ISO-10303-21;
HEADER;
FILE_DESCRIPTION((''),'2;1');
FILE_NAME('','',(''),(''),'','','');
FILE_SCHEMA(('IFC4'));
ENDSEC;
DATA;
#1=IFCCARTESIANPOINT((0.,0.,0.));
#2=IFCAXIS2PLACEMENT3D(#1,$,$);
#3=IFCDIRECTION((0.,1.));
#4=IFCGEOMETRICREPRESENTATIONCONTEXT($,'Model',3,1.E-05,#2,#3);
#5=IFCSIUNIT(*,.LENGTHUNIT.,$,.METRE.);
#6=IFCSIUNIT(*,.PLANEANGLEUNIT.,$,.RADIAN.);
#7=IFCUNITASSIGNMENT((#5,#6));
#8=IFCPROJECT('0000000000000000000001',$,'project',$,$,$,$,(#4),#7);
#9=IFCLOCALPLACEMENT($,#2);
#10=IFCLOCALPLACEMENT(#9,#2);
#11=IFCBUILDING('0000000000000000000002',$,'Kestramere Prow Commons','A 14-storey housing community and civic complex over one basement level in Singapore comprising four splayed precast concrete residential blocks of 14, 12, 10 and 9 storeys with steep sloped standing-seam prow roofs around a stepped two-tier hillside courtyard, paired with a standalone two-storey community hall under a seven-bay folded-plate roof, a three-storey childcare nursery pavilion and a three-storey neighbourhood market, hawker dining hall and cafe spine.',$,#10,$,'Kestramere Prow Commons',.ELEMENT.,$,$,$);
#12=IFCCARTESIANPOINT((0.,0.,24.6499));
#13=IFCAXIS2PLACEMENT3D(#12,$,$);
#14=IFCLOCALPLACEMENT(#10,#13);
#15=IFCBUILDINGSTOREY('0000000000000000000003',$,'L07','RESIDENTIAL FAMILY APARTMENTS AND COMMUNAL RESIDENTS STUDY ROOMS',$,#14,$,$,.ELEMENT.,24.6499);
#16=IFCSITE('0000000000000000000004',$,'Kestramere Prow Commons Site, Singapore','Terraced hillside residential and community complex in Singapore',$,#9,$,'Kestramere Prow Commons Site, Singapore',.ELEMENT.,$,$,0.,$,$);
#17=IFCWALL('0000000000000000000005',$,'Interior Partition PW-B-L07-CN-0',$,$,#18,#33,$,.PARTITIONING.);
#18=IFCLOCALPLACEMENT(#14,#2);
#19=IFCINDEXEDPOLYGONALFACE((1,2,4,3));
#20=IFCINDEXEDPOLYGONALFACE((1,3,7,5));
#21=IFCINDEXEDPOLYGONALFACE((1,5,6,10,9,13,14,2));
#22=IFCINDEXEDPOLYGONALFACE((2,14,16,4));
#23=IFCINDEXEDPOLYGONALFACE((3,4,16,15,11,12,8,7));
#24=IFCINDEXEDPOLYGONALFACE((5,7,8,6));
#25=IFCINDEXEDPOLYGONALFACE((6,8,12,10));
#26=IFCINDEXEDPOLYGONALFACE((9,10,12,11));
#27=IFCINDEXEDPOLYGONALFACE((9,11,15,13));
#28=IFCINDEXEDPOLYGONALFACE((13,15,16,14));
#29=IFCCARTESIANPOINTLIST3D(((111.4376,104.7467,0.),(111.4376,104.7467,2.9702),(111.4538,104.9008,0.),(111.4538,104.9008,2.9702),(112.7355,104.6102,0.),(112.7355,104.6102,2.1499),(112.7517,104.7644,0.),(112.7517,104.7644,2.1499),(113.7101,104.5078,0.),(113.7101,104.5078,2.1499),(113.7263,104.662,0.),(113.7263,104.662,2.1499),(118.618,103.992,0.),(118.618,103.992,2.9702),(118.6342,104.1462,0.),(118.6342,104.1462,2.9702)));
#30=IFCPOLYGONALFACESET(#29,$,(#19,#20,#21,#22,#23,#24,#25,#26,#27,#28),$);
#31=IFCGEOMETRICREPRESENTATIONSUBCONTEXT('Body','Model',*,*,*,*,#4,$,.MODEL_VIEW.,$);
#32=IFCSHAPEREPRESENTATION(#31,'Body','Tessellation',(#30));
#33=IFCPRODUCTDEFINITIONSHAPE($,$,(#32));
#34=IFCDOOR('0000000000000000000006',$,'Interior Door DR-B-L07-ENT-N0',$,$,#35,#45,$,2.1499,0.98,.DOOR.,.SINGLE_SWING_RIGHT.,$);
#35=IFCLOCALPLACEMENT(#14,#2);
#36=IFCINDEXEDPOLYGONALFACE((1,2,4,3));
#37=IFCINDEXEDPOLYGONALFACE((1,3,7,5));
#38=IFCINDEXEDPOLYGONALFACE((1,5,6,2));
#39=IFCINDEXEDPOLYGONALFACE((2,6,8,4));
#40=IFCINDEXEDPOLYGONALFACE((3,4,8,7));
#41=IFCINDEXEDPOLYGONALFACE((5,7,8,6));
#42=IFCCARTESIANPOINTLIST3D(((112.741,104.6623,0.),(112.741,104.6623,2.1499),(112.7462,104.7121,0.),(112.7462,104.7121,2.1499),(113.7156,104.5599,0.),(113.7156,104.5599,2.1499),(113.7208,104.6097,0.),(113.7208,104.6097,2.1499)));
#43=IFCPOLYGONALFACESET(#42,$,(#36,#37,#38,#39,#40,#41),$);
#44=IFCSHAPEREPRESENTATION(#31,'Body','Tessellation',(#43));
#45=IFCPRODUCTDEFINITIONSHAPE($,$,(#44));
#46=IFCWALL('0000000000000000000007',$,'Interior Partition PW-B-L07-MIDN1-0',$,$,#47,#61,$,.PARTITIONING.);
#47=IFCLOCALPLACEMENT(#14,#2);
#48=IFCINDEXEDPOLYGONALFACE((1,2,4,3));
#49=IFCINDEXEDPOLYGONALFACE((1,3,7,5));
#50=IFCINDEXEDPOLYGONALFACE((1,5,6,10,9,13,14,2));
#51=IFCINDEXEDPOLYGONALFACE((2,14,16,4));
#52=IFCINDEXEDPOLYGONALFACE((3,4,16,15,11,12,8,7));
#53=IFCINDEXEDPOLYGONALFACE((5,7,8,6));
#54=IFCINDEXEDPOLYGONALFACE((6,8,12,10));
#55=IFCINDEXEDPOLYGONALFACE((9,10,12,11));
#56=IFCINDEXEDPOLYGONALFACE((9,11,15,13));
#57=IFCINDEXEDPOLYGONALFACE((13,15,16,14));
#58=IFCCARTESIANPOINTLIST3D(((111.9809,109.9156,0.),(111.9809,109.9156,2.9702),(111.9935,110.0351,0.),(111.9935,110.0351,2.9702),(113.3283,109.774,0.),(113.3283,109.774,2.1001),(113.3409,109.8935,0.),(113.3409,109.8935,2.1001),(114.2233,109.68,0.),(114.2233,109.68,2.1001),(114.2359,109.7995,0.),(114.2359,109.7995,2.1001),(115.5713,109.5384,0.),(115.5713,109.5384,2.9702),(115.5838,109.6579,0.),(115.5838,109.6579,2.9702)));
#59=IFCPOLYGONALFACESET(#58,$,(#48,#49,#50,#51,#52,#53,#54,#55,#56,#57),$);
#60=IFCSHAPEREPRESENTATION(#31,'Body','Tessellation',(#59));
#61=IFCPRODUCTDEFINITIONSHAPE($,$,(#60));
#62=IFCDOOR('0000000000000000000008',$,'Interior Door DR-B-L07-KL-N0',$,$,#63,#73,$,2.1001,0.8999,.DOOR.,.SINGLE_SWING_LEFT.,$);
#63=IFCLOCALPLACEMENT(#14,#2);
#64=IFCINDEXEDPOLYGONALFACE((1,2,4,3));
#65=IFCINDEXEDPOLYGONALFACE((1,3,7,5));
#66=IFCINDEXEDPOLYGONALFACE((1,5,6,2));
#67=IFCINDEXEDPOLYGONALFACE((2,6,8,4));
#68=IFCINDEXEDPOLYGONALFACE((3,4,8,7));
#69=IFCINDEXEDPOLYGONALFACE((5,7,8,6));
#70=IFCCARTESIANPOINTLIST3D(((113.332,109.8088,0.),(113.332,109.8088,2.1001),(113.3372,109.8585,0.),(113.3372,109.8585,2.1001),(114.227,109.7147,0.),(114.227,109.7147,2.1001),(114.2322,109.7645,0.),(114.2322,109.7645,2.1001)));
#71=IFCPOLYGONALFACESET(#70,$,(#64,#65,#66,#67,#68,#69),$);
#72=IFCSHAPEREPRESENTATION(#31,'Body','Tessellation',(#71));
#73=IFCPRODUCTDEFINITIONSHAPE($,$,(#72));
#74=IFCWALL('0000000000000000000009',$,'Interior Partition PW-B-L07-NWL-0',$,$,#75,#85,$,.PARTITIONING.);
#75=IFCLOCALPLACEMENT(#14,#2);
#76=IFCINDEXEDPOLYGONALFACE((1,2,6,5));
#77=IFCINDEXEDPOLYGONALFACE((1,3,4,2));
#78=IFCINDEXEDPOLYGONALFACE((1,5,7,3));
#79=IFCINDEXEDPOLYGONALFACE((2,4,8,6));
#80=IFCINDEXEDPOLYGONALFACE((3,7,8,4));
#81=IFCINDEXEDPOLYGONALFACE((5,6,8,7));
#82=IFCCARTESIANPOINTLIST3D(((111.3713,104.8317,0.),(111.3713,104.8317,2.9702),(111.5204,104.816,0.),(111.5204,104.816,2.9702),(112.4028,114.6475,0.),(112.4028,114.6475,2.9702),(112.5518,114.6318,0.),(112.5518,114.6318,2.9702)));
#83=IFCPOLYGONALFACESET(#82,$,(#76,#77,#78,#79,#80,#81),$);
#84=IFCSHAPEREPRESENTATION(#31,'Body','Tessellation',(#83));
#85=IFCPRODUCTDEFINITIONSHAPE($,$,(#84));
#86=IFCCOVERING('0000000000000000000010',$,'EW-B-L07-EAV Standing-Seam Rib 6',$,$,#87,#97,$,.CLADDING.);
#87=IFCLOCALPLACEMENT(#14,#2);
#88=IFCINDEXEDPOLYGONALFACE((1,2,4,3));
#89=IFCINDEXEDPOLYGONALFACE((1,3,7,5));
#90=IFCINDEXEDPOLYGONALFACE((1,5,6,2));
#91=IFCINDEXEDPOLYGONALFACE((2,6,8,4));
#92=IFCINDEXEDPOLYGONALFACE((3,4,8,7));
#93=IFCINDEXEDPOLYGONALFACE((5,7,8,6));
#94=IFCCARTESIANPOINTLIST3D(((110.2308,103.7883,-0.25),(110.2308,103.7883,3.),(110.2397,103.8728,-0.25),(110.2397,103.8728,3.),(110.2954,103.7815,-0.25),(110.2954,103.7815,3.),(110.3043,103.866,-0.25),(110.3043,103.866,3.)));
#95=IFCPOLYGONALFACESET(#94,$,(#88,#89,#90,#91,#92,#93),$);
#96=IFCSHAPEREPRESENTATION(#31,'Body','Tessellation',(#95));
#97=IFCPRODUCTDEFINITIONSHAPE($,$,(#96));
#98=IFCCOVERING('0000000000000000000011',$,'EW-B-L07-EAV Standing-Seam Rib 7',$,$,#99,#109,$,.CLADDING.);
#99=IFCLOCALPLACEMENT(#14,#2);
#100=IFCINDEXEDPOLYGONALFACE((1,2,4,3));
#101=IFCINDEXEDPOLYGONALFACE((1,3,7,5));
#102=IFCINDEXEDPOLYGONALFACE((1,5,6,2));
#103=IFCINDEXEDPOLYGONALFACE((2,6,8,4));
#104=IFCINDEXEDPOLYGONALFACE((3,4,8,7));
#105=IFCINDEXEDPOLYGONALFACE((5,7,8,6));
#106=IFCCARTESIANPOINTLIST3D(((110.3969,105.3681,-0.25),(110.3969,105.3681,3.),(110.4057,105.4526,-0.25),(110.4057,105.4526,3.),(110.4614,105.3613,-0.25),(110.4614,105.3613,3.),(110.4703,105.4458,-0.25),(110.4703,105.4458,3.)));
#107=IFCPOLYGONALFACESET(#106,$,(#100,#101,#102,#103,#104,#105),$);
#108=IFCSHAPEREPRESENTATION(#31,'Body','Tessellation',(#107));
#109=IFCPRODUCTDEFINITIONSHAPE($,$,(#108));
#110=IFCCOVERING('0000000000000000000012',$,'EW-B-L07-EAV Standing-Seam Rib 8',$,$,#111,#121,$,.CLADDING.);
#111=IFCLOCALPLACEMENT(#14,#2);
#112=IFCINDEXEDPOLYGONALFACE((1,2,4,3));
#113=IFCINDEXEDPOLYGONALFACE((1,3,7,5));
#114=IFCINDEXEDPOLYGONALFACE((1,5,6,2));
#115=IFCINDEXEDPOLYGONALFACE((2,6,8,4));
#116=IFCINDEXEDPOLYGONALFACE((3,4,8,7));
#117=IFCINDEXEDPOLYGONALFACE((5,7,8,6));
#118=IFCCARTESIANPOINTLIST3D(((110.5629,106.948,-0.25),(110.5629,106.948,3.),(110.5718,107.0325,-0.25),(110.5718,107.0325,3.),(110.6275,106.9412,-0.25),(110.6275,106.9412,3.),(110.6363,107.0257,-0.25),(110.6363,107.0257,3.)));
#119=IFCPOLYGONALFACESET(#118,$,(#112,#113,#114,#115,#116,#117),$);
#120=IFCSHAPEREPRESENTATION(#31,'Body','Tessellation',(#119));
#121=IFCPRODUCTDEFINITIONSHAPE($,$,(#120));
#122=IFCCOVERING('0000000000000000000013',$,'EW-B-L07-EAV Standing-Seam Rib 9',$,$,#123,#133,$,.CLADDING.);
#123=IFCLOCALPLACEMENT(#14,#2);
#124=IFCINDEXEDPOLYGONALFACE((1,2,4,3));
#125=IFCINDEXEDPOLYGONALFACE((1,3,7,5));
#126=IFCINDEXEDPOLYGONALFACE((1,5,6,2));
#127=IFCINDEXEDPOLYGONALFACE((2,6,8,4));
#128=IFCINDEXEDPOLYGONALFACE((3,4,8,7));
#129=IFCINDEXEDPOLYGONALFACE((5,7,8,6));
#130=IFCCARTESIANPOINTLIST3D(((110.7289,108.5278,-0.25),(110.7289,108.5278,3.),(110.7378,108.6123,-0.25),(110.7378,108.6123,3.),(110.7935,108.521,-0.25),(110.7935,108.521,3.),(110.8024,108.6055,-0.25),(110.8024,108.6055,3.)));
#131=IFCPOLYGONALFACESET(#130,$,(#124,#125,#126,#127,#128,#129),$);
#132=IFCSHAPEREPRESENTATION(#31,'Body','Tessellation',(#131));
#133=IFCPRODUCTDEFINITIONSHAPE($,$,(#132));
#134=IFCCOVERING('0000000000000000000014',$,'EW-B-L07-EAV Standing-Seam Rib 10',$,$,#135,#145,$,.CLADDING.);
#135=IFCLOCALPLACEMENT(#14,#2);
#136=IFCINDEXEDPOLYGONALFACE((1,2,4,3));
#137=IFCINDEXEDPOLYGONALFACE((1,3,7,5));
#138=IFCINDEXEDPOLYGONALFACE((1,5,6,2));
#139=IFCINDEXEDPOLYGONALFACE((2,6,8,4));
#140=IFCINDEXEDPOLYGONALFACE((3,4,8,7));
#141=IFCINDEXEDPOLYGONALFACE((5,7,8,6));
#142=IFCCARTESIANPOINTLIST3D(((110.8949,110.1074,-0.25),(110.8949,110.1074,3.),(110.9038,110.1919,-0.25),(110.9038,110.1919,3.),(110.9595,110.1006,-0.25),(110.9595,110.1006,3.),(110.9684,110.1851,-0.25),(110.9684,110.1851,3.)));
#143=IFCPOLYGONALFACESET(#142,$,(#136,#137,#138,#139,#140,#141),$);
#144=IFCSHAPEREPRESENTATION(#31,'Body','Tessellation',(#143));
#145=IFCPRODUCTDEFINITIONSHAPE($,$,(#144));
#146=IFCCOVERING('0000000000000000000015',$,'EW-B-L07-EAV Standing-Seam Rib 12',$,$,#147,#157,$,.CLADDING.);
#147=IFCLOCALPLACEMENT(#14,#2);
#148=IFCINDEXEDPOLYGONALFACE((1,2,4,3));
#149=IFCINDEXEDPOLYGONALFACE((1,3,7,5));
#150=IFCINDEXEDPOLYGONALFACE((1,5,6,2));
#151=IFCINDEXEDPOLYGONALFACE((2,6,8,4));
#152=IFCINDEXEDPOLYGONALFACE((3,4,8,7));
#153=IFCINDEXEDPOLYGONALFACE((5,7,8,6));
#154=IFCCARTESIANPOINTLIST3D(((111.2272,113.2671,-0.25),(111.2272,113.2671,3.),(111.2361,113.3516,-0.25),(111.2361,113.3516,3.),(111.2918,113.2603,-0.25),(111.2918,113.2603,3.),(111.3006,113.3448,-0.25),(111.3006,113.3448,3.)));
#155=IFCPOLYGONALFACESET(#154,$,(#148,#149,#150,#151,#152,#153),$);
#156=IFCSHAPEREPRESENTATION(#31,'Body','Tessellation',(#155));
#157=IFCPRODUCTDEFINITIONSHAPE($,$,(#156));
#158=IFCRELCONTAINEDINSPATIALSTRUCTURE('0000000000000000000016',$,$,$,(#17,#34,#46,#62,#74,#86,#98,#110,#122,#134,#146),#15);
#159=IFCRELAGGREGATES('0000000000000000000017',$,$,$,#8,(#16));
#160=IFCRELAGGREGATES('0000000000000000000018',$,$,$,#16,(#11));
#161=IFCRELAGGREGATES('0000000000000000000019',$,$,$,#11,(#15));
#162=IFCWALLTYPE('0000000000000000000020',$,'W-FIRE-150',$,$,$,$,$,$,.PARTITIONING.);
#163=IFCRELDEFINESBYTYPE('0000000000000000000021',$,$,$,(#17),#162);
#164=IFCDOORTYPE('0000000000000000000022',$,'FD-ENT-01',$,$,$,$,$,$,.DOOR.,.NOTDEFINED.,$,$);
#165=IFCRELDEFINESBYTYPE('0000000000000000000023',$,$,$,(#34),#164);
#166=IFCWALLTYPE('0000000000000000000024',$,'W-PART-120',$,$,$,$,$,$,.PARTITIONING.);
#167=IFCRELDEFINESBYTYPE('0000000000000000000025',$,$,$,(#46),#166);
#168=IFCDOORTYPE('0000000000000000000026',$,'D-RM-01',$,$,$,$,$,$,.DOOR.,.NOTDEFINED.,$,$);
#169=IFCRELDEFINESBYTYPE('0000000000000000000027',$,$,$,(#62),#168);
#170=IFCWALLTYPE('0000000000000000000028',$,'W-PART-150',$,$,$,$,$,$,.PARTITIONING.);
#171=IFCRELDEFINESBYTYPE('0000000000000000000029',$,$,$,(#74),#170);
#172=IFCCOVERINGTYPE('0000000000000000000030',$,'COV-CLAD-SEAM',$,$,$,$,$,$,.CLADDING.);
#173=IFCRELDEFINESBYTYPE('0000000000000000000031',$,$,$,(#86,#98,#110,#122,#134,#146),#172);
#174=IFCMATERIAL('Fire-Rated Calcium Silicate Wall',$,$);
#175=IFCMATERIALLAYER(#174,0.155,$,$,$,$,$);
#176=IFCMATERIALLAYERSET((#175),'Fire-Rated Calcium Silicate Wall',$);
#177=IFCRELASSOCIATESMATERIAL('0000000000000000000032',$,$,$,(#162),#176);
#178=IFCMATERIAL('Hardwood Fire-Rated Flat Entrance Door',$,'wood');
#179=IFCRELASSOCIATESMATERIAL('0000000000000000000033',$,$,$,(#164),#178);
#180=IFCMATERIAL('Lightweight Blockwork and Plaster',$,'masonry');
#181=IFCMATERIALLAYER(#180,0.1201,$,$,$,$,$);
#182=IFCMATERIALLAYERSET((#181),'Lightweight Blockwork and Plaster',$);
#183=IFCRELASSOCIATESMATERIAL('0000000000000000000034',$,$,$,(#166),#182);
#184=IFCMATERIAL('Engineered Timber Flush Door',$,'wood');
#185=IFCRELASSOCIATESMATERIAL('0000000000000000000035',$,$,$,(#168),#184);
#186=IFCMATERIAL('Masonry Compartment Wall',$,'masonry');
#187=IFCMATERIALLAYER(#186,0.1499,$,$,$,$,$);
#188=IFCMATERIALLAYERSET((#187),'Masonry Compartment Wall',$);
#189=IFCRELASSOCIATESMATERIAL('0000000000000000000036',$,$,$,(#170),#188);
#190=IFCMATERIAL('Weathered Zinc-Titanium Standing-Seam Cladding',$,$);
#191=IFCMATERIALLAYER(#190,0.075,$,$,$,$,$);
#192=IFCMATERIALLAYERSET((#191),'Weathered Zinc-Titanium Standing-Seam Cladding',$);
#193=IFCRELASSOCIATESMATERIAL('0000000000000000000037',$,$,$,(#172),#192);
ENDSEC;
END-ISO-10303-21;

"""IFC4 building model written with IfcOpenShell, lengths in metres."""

from ifc_helpers import new_model, si_unit, direction, frame, frame_2d, origin, origin_2d, place, context, subcontext, project, spatial, rectangle, extrude, material, layer, layer_set, type_object, element, fill, save


model = new_model("IFC4")

# Units and contexts
model_context = context("Model", 3, precision=1e-05, world=origin(), true_north=direction((0.0, 1.0)))
body_context = subcontext(model_context, "Body", "Model", "MODEL_VIEW")
ifc_project = project(units=[si_unit("LENGTHUNIT", "METRE"), si_unit("PLANEANGLEUNIT", "RADIAN")], contexts=[model_context])

# Site, building, storey
site_placement = place(None, origin())
site = spatial("IfcSite", under=ifc_project, at=site_placement, Name="Kestramere Prow Commons Site, Singapore", Description="Terraced hillside residential and community complex in Singapore", LongName="Kestramere Prow Commons Site, Singapore", CompositionType="ELEMENT", RefElevation=0.0)
building_placement = place(site_placement, origin())
building = spatial("IfcBuilding", under=site, at=building_placement, Name="Kestramere Prow Commons", Description="A 14-storey housing community and civic complex over one basement level in Singapore comprising four splayed precast concrete residential blocks of 14, 12, 10 and 9 storeys with steep sloped standing-seam prow roofs around a stepped two-tier hillside courtyard, paired with a standalone two-storey community hall under a seven-bay folded-plate roof, a three-storey childcare nursery pavilion and a three-storey neighbourhood market, hawker dining hall and cafe spine.", LongName="Kestramere Prow Commons", CompositionType="ELEMENT")
storey_placement = place(building_placement, frame((0.0, 0.0, 24.6499)))
storey = spatial("IfcBuildingStorey", under=building, at=storey_placement, Name="L07", Description="RESIDENTIAL FAMILY APARTMENTS AND COMMUNAL RESIDENTS STUDY ROOMS", CompositionType="ELEMENT", Elevation=24.6499)

# Walls, openings, doors
ifc_material_1 = material(Name="Fire-Rated Calcium Silicate Wall")
ifc_layer_1 = layer(ifc_material_1, 0.155)
ifc_layer_set_1 = layer_set([ifc_layer_1], Name="Fire-Rated Calcium Silicate Wall")
wall_type_1 = type_object("IfcWallType", Name="W-FIRE-150", PredefinedType="PARTITIONING", material=ifc_layer_set_1)
ifc_material_2 = material(Name="Hardwood Fire-Rated Flat Entrance Door", Category="wood")
door_type_1 = type_object("IfcDoorType", Name="FD-ENT-01", OperationType="NOTDEFINED", PredefinedType="DOOR", material=ifc_material_2)
wall_1_placement = place(storey_placement, frame((111.4458, 104.8237, 0.0), z_axis=(0.0, 0.0, 1.0), x_axis=(0.994523, -0.104521, 0.0)))
wall_1 = element("IfcWall", 1, at=wall_1_placement, inside=storey, type_object=wall_type_1, Name="Interior Partition PW-B-L07-CN-0", PredefinedType="PARTITIONING", context=body_context, shape_type="SweptSolid", body=[
    extrude(rectangle(XDim=7.22, YDim=0.155, at=frame_2d((3.6099, 0.0))), origin(), (0.0, 0.0, 1.0), 2.9702),
])
opening_1_placement = place(wall_1_placement, frame((1.3049, 0.0, 0.0)))
opening_1 = element("IfcOpeningElement", 2, at=opening_1_placement, cuts=wall_1, PredefinedType="OPENING", context=body_context, shape_type="SweptSolid", body=[
    extrude(rectangle(XDim=0.98, YDim=2.1499, at=frame_2d((0.49, 1.075))), frame((0.0, 0.0925, 0.0), z_axis=(0.0, -1.0, 0.0), x_axis=(1.0, 0.0, 0.0)), (0.0, 0.0, 1.0), 0.1851),
])
door_1_placement = place(opening_1_placement, origin())
door_1 = element("IfcDoor", 3, at=door_1_placement, inside=storey, type_object=door_type_1, Name="Interior Door DR-B-L07-ENT-N0", OperationType="SINGLE_SWING_RIGHT", OverallHeight=2.1499, OverallWidth=0.98, PredefinedType="DOOR", context=body_context, shape_type="SweptSolid", body=[
    extrude(rectangle(XDim=0.98, YDim=2.1499, at=frame_2d((0.49, 1.075))), frame((0.0, 0.0249, 0.0), z_axis=(0.0, -1.0, 0.0), x_axis=(1.0, 0.0, 0.0)), (0.0, 0.0, 1.0), 0.05),
])
fill(opening_1, door_1)
ifc_material_3 = material(Name="Lightweight Blockwork and Plaster", Category="masonry")
ifc_layer_2 = layer(ifc_material_3, 0.1201)
ifc_layer_set_2 = layer_set([ifc_layer_2], Name="Lightweight Blockwork and Plaster")
wall_type_2 = type_object("IfcWallType", Name="W-PART-120", PredefinedType="PARTITIONING", material=ifc_layer_set_2)
wall_2_placement = place(storey_placement, frame((111.9871, 109.9753, 0.0), z_axis=(0.0, 0.0, 1.0), x_axis=(0.994527, -0.104484, 0.0)))
wall_2 = element("IfcWall", 4, at=wall_2_placement, inside=storey, type_object=wall_type_2, Name="Interior Partition PW-B-L07-MIDN1-0", PredefinedType="PARTITIONING", context=body_context, shape_type="SweptSolid", body=[
    extrude(rectangle(XDim=3.6101, YDim=0.1201, at=frame_2d((1.8052, 0.0))), origin(), (0.0, 0.0, 1.0), 2.9702),
])
opening_2_placement = place(wall_2_placement, frame((1.355, 0.0, 0.0)))
opening_2 = element("IfcOpeningElement", 5, at=opening_2_placement, cuts=wall_2, PredefinedType="OPENING", context=body_context, shape_type="SweptSolid", body=[
    extrude(rectangle(XDim=0.8999, YDim=2.1001, at=frame_2d((0.45, 1.05))), frame((0.0, 0.075, 0.0), z_axis=(0.0, -1.0, 0.0), x_axis=(1.0, 0.0, 0.0)), (0.0, 0.0, 1.0), 0.1501),
])
ifc_material_4 = material(Name="Engineered Timber Flush Door", Category="wood")
door_type_2 = type_object("IfcDoorType", Name="D-RM-01", OperationType="NOTDEFINED", PredefinedType="DOOR", material=ifc_material_4)
door_2_placement = place(opening_2_placement, origin())
door_2 = element("IfcDoor", 6, at=door_2_placement, inside=storey, type_object=door_type_2, Name="Interior Door DR-B-L07-KL-N0", OperationType="SINGLE_SWING_LEFT", OverallHeight=2.1001, OverallWidth=0.8999, PredefinedType="DOOR", context=body_context, shape_type="SweptSolid", body=[
    extrude(rectangle(XDim=0.8999, YDim=2.1001, at=frame_2d((0.45, 1.05))), frame((0.0, 0.0249, 0.0), z_axis=(0.0, -1.0, 0.0), x_axis=(1.0, 0.0, 0.0)), (0.0, 0.0, 1.0), 0.05),
])
fill(opening_2, door_2)

# Wall
ifc_material_5 = material(Name="Masonry Compartment Wall", Category="masonry")
ifc_layer_3 = layer(ifc_material_5, 0.1499)
ifc_layer_set_3 = layer_set([ifc_layer_3], Name="Masonry Compartment Wall")
wall_type_3 = type_object("IfcWallType", Name="W-PART-150", PredefinedType="PARTITIONING", material=ifc_layer_set_3)
wall_3_placement = place(storey_placement, frame((111.4458, 104.8237, 0.0), z_axis=(0.0, 0.0, 1.0), x_axis=(0.104508, 0.994524, 0.0)))
element("IfcWall", 7, at=wall_3_placement, inside=storey, type_object=wall_type_3, Name="Interior Partition PW-B-L07-NWL-0", PredefinedType="PARTITIONING", context=body_context, shape_type="SweptSolid", body=[
    extrude(rectangle(XDim=9.8699, YDim=0.1499, at=frame_2d((4.9351, 0.0))), origin(), (0.0, 0.0, 1.0), 2.9702),
])

# Coverings
ifc_material_6 = material(Name="Weathered Zinc-Titanium Standing-Seam Cladding")
ifc_layer_4 = layer(ifc_material_6, 0.075)
ifc_layer_set_4 = layer_set([ifc_layer_4], Name="Weathered Zinc-Titanium Standing-Seam Cladding")
covering_type = type_object("IfcCoveringType", Name="COV-CLAD-SEAM", PredefinedType="CLADDING", material=ifc_layer_set_4)
for number, where, z_axis, x_axis, name in (
    (8, (110.2676, 103.8271, -0.25), (0.0, 0.0, 1.0), (0.104528, 0.994522, 0.0), "EW-B-L07-EAV Standing-Seam Rib 6"),
    (9, (110.4336, 105.407, -0.25), (0.0, 0.0, 1.0), (0.104528, 0.994522, 0.0), "EW-B-L07-EAV Standing-Seam Rib 7"),
    (10, (110.5996, 106.9868, -0.25), (0.0, 0.0, 1.0), (0.104528, 0.994522, 0.0), "EW-B-L07-EAV Standing-Seam Rib 8"),
    (11, (110.7656, 108.5667, -0.25), (0.0, 0.0, 1.0), (0.104528, 0.994522, 0.0), "EW-B-L07-EAV Standing-Seam Rib 9"),
    (12, (110.9316, 110.1462, -0.25), (0.0, 0.0, 1.0), (0.104528, 0.994522, 0.0), "EW-B-L07-EAV Standing-Seam Rib 10"),
    (13, (111.2639, 113.3059, -0.25), (0.0, 0.0, 1.0), (0.104528, 0.994522, 0.0), "EW-B-L07-EAV Standing-Seam Rib 12"),
):
    element("IfcCovering", number, at=place(storey_placement, frame(where, z_axis=z_axis, x_axis=x_axis)), inside=storey, type_object=covering_type, Name=name, PredefinedType="CLADDING", context=body_context, shape_type="SweptSolid", body=[
        extrude(rectangle(XDim=0.085, YDim=0.0649, at=origin_2d()), origin(), (0.0, 0.0, 1.0), 3.25),
    ])

save(model, "model.ifc")
